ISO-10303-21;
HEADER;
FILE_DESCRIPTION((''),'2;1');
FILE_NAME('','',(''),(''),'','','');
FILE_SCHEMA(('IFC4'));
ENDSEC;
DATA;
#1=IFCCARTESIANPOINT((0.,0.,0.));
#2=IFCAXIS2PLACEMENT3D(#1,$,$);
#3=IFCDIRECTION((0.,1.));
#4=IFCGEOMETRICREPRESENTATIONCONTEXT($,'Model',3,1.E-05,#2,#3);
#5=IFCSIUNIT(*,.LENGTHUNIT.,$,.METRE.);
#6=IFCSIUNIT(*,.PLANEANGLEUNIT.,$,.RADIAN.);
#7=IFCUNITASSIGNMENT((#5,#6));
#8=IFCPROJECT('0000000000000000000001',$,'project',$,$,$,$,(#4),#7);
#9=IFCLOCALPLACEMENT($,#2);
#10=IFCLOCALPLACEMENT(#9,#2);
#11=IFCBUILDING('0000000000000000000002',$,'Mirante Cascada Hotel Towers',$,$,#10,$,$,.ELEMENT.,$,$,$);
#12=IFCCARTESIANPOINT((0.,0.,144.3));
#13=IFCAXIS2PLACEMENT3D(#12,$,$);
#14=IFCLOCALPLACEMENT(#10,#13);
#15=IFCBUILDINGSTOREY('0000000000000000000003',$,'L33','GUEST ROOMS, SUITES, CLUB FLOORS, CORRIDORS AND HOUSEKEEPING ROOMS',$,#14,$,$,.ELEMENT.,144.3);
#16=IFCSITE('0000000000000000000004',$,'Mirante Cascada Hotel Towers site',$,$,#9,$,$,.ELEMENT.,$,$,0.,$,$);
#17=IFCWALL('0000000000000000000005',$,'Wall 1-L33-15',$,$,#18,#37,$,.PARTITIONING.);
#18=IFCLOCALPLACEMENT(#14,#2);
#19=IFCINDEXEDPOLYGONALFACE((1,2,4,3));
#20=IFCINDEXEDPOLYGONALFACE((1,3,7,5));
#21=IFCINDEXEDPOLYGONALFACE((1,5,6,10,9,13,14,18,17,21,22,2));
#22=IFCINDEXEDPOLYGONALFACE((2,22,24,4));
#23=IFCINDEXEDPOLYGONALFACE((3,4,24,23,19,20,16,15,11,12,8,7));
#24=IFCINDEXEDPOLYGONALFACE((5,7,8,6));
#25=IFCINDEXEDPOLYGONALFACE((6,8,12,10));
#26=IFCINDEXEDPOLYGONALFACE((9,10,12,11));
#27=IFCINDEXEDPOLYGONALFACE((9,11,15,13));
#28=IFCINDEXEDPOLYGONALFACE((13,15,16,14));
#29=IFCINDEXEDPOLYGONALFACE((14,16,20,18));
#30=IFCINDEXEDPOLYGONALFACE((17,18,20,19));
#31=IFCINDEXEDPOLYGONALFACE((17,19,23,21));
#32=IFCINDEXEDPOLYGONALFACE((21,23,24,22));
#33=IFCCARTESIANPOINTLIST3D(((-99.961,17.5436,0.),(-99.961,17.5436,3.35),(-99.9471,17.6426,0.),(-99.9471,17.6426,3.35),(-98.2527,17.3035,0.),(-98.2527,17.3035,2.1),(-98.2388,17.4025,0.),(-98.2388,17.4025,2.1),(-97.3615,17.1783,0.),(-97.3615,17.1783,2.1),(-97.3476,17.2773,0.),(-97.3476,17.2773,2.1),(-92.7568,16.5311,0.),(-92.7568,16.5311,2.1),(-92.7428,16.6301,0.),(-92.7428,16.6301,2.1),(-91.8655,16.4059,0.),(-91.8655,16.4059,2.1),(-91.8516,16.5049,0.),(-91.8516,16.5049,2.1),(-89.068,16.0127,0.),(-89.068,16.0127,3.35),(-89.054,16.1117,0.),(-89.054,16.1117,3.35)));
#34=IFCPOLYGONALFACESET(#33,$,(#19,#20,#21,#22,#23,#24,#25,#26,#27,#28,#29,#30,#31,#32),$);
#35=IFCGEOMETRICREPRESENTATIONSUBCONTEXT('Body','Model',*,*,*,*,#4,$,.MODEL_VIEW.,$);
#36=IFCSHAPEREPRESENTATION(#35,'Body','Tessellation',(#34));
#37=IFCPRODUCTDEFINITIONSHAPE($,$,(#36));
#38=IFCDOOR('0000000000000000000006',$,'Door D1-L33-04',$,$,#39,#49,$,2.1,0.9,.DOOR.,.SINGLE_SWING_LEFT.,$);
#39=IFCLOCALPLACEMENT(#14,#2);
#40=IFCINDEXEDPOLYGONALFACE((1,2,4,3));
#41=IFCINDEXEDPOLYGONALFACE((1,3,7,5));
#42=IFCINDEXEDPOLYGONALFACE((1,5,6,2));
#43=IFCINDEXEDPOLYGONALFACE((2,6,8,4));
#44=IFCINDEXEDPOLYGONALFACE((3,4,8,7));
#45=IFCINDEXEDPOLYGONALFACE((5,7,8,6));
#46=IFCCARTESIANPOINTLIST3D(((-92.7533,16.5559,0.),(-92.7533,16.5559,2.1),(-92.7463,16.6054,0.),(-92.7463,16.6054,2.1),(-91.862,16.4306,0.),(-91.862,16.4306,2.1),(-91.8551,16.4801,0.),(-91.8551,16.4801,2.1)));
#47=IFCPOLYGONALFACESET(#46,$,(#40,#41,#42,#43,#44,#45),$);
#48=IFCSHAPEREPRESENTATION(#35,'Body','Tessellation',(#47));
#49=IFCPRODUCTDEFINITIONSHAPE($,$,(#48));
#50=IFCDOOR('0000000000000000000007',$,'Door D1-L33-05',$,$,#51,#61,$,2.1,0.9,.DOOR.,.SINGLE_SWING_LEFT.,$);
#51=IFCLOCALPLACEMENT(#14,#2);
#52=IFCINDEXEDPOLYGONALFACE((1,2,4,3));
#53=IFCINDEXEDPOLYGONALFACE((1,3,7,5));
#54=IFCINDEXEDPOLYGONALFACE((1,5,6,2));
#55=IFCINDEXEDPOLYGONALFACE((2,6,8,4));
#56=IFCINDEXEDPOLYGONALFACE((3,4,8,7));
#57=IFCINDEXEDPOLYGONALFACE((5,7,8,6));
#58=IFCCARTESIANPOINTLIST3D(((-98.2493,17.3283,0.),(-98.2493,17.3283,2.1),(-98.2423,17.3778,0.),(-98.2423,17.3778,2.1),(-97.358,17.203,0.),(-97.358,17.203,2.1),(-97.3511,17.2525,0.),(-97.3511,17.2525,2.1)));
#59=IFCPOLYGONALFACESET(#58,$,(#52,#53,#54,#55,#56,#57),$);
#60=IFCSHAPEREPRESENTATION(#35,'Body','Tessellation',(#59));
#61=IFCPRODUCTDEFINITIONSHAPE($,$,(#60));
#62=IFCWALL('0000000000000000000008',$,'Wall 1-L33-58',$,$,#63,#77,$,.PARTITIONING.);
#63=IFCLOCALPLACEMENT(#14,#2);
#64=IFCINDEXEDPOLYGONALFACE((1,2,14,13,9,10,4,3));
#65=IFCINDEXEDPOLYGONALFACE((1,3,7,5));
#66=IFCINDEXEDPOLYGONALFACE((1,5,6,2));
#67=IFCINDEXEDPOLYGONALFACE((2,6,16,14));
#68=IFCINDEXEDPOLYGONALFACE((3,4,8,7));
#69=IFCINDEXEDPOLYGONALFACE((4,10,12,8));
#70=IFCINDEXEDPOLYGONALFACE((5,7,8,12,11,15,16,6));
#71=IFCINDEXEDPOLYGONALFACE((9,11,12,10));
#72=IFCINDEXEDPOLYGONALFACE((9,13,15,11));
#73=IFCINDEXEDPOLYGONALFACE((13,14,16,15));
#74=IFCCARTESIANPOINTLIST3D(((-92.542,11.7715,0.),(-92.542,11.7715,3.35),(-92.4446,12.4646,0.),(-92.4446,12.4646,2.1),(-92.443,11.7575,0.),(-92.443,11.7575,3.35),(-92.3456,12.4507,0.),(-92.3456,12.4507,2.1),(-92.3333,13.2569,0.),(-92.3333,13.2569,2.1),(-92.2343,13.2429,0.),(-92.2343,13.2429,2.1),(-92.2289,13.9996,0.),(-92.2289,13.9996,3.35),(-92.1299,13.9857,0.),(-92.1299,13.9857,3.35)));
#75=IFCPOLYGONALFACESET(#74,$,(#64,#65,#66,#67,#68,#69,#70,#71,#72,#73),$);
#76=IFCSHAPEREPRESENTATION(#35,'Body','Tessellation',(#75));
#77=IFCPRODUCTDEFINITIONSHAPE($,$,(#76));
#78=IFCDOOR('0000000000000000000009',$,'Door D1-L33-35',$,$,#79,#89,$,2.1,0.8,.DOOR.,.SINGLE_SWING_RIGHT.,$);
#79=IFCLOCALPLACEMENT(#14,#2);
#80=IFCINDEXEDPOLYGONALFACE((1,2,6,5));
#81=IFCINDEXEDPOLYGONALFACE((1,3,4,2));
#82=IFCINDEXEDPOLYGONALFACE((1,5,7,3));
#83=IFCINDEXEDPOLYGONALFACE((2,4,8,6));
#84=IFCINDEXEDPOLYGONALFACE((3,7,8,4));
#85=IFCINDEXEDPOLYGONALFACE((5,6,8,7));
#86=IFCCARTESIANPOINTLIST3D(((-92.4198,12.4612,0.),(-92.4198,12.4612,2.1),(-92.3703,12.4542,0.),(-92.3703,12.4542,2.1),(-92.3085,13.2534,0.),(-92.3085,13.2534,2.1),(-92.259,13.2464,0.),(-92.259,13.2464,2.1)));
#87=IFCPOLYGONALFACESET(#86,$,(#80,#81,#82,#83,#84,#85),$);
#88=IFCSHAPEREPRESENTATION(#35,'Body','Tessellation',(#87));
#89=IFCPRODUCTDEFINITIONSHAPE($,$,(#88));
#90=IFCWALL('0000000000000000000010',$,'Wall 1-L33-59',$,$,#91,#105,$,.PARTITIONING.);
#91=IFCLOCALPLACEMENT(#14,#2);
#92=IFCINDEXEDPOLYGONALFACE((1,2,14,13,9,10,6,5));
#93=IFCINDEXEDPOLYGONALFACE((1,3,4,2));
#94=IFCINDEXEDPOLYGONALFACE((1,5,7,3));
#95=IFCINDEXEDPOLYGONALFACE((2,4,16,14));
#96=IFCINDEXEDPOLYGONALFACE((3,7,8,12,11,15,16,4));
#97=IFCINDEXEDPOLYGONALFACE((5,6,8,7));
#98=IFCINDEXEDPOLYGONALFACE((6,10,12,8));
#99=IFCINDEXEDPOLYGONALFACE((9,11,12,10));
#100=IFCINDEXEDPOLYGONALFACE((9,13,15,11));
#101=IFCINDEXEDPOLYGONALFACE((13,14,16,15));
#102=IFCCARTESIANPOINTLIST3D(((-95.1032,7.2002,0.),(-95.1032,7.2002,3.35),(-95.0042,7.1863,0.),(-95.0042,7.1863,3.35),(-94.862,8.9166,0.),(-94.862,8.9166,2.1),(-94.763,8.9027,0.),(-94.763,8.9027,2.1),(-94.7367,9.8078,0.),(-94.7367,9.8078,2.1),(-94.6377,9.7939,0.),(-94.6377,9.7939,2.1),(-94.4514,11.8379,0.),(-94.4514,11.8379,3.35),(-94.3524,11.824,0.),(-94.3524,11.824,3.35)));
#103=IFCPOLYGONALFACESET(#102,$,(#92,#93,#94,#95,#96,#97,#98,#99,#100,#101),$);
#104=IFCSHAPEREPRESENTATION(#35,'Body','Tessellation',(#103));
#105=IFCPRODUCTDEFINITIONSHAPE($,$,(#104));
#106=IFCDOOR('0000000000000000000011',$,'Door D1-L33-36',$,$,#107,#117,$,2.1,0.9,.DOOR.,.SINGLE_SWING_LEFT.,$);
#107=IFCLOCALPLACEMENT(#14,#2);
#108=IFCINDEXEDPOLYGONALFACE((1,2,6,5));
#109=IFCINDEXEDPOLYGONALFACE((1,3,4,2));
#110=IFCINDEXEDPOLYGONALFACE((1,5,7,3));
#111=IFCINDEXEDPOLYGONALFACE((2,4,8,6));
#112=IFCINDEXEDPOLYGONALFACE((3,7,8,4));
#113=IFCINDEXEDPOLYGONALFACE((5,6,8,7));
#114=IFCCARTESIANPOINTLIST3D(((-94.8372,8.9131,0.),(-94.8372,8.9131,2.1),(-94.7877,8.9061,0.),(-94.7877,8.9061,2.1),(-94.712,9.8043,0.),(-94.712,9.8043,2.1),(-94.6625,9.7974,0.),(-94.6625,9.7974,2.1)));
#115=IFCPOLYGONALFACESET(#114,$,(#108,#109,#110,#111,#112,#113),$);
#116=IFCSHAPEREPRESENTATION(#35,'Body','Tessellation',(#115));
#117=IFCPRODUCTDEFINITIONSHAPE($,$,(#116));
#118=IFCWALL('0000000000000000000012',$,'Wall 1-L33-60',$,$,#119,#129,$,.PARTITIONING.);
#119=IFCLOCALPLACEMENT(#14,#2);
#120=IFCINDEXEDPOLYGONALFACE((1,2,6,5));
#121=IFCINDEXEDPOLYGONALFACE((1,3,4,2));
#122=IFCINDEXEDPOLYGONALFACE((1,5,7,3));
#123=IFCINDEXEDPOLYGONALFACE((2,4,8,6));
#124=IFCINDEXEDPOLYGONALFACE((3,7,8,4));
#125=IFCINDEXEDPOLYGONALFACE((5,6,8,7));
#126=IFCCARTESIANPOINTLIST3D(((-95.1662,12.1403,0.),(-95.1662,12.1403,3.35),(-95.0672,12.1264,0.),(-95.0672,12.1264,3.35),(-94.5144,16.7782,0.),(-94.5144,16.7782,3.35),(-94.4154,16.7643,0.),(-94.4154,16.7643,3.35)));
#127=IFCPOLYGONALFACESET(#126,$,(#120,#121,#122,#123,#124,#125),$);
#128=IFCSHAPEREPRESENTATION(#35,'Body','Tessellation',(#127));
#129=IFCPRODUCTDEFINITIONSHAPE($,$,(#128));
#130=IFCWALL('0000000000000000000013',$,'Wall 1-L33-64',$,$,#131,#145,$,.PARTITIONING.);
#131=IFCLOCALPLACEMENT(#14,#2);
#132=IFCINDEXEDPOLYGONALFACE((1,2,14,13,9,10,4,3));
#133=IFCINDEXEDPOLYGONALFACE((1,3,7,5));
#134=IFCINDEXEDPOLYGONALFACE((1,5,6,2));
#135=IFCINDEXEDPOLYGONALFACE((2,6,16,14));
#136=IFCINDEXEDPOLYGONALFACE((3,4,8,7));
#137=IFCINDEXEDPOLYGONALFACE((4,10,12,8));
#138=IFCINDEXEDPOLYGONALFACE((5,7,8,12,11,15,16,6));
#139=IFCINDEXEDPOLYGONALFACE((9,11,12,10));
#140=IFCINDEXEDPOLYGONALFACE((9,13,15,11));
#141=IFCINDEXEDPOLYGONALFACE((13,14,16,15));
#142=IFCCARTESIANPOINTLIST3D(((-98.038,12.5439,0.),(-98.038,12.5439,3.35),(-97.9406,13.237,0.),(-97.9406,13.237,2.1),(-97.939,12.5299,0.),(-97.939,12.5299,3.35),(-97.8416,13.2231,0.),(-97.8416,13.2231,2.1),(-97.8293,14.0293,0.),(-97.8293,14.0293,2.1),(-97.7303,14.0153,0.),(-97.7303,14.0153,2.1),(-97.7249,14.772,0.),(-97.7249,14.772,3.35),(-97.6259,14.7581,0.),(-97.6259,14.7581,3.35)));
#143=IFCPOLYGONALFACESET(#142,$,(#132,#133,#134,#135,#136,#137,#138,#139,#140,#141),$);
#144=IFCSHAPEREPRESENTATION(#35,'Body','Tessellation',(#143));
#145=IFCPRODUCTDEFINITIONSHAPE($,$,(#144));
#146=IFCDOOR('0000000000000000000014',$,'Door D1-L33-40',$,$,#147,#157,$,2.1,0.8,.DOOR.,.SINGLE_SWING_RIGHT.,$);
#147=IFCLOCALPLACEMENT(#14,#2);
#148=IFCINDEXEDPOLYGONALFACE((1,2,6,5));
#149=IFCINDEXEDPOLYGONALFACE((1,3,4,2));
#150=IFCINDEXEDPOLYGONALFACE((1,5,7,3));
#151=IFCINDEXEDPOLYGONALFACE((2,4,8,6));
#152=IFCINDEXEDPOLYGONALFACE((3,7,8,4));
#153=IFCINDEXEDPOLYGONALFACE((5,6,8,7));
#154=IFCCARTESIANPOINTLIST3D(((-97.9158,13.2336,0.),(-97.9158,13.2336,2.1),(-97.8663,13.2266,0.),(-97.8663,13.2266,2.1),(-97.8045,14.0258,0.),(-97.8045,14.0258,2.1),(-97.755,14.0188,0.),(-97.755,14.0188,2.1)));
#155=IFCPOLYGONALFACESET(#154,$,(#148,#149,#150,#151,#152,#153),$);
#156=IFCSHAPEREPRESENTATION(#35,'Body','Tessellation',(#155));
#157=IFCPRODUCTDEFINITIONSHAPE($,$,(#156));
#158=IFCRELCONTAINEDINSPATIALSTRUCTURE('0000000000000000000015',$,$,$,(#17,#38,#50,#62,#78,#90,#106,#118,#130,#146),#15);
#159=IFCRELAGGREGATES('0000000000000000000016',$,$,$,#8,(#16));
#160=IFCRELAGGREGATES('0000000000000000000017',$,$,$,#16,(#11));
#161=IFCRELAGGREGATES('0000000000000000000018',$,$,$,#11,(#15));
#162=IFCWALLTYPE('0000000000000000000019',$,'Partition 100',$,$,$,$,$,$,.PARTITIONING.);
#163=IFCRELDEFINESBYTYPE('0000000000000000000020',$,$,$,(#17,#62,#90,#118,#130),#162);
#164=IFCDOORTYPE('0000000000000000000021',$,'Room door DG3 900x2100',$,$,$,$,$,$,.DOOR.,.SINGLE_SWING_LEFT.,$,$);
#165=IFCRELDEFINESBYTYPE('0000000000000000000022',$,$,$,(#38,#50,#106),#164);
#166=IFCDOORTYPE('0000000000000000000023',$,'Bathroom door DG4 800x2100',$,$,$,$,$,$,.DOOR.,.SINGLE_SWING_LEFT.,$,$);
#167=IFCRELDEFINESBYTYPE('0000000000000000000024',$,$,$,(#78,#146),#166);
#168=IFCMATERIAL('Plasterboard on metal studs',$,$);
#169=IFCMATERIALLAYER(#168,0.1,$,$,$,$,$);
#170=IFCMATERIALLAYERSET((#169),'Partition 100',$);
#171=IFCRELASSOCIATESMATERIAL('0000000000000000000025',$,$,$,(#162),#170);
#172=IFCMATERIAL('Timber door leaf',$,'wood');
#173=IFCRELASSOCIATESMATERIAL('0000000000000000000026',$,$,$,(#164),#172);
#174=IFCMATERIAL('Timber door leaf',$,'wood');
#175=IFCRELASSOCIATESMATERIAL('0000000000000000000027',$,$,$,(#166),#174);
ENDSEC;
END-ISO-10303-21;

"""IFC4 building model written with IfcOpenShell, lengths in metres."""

from ifc_helpers import new_model, si_unit, direction, frame, frame_2d, origin, place, context, subcontext, project, spatial, rectangle, extrude, material, layer, layer_set, type_object, element, fill, save


model = new_model("IFC4")

# Units and contexts
model_context = context("Model", 3, precision=1e-05, world=origin(), true_north=direction((0.0, 1.0)))
body_context = subcontext(model_context, "Body", "Model", "MODEL_VIEW")
ifc_project = project(units=[si_unit("LENGTHUNIT", "METRE"), si_unit("PLANEANGLEUNIT", "RADIAN")], contexts=[model_context])

# Site, building, storey
site_placement = place(None, origin())
site = spatial("IfcSite", under=ifc_project, at=site_placement, Name="Mirante Cascada Hotel Towers site", CompositionType="ELEMENT", RefElevation=0.0)
building_placement = place(site_placement, origin())
building = spatial("IfcBuilding", under=site, at=building_placement, Name="Mirante Cascada Hotel Towers", CompositionType="ELEMENT")
storey_placement = place(building_placement, frame((0.0, 0.0, 144.3)))
storey = spatial("IfcBuildingStorey", under=building, at=storey_placement, Name="L33", Description="GUEST ROOMS, SUITES, CLUB FLOORS, CORRIDORS AND HOUSEKEEPING ROOMS", CompositionType="ELEMENT", Elevation=144.3)

# Shared definitions
ifc_material_1 = material(Name="Plasterboard on metal studs")
ifc_layer_1 = layer(ifc_material_1, 0.1)
ifc_layer_set_1 = layer_set([ifc_layer_1], Name="Partition 100")
wall_type_1 = type_object("IfcWallType", Name="Partition 100", PredefinedType="PARTITIONING", material=ifc_layer_set_1)

# Wall, openings, doors
wall_1_placement = place(storey_placement, frame((-99.954, 17.5931, 0.0), z_axis=(0.0, 0.0, 1.0), x_axis=(0.990268, -0.139172, 0.0)))
wall_1 = element("IfcWall", 1, at=wall_1_placement, inside=storey, type_object=wall_type_1, Name="Wall 1-L33-15", PredefinedType="PARTITIONING", context=body_context, shape_type="SweptSolid", body=[
    extrude(rectangle(XDim=11.0001, YDim=0.1, at=frame_2d((5.5, 0.0))), origin(), (0.0, 0.0, 1.0), 3.35),
])
opening_1_placement = place(wall_1_placement, frame((7.275, 0.0, 0.0)))
opening_1 = element("IfcOpeningElement", 2, at=opening_1_placement, cuts=wall_1, PredefinedType="OPENING", context=body_context, shape_type="SweptSolid", body=[
    extrude(rectangle(XDim=0.9, YDim=2.1, at=frame_2d((0.45, 1.05))), frame((0.0, 0.05, 0.0), z_axis=(0.0, -1.0, 0.0), x_axis=(1.0, 0.0, 0.0)), (0.0, 0.0, 1.0), 0.1),
])
opening_2_placement = place(wall_1_placement, frame((1.725, 0.0, 0.0)))
opening_2 = element("IfcOpeningElement", 3, at=opening_2_placement, cuts=wall_1, PredefinedType="OPENING", context=body_context, shape_type="SweptSolid", body=[
    extrude(rectangle(XDim=0.9, YDim=2.1, at=frame_2d((0.45, 1.05))), frame((0.0, 0.05, 0.0), z_axis=(0.0, -1.0, 0.0), x_axis=(1.0, 0.0, 0.0)), (0.0, 0.0, 1.0), 0.1),
])
ifc_material_2 = material(Name="Timber door leaf", Category="wood")
door_type_1 = type_object("IfcDoorType", Name="Room door DG3 900x2100", OperationType="SINGLE_SWING_LEFT", PredefinedType="DOOR", material=ifc_material_2)
door_1_placement = place(opening_1_placement, origin())
door_1 = element("IfcDoor", 4, at=door_1_placement, inside=storey, type_object=door_type_1, Name="Door D1-L33-04", OperationType="SINGLE_SWING_LEFT", OverallHeight=2.1, OverallWidth=0.9, PredefinedType="DOOR", context=body_context, shape_type="SweptSolid", body=[
    extrude(rectangle(XDim=0.9, YDim=2.1, at=frame_2d((0.45, 1.05))), frame((0.0, 0.025, 0.0), z_axis=(0.0, -1.0, 0.0), x_axis=(1.0, 0.0, 0.0)), (0.0, 0.0, 1.0), 0.05),
])
fill(opening_1, door_1)
door_2_placement = place(opening_2_placement, origin())
door_2 = element("IfcDoor", 5, at=door_2_placement, inside=storey, type_object=door_type_1, Name="Door D1-L33-05", OperationType="SINGLE_SWING_LEFT", OverallHeight=2.1, OverallWidth=0.9, PredefinedType="DOOR", context=body_context, shape_type="SweptSolid", body=[
    extrude(rectangle(XDim=0.9, YDim=2.1, at=frame_2d((0.45, 1.05))), frame((0.0, 0.025, 0.0), z_axis=(0.0, -1.0, 0.0), x_axis=(1.0, 0.0, 0.0)), (0.0, 0.0, 1.0), 0.05),
])
fill(opening_2, door_2)

# Walls, openings, doors
wall_2_placement = place(storey_placement, frame((-92.4925, 11.7645, 0.0), z_axis=(0.0, 0.0, 1.0), x_axis=(0.139156, 0.990271, 0.0)))
wall_2 = element("IfcWall", 6, at=wall_2_placement, inside=storey, type_object=wall_type_1, Name="Wall 1-L33-58", PredefinedType="PARTITIONING", context=body_context, shape_type="SweptSolid", body=[
    extrude(rectangle(XDim=2.25, YDim=0.1, at=frame_2d((1.125, 0.0))), origin(), (0.0, 0.0, 1.0), 3.35),
])
opening_3_placement = place(wall_2_placement, frame((0.7, 0.0, 0.0)))
opening_3 = element("IfcOpeningElement", 7, at=opening_3_placement, cuts=wall_2, PredefinedType="OPENING", context=body_context, shape_type="SweptSolid", body=[
    extrude(rectangle(XDim=0.8, YDim=2.1, at=frame_2d((0.4, 1.05))), frame((0.0, 0.05, 0.0), z_axis=(0.0, -1.0, 0.0), x_axis=(1.0, 0.0, 0.0)), (0.0, 0.0, 1.0), 0.1),
])
ifc_material_3 = material(Name="Timber door leaf", Category="wood")
door_type_2 = type_object("IfcDoorType", Name="Bathroom door DG4 800x2100", OperationType="SINGLE_SWING_LEFT", PredefinedType="DOOR", material=ifc_material_3)
door_3_placement = place(opening_3_placement, frame((0.8, 0.0, 0.0), z_axis=(0.0, 0.0, 1.0), x_axis=(-1.0, 0.0, 0.0)))
door_3 = element("IfcDoor", 8, at=door_3_placement, inside=storey, type_object=door_type_2, Name="Door D1-L33-35", OperationType="SINGLE_SWING_RIGHT", OverallHeight=2.1, OverallWidth=0.8, PredefinedType="DOOR", context=body_context, shape_type="SweptSolid", body=[
    extrude(rectangle(XDim=0.8, YDim=2.1, at=frame_2d((0.4, 1.05))), frame((0.0, 0.025, 0.0), z_axis=(0.0, -1.0, 0.0), x_axis=(1.0, 0.0, 0.0)), (0.0, 0.0, 1.0), 0.05),
])
fill(opening_3, door_3)
wall_3_placement = place(storey_placement, frame((-94.4019, 11.8309, 0.0), z_axis=(0.0, 0.0, 1.0), x_axis=(-0.139176, -0.990268, 0.0)))
wall_3 = element("IfcWall", 9, at=wall_3_placement, inside=storey, type_object=wall_type_1, Name="Wall 1-L33-59", PredefinedType="PARTITIONING", context=body_context, shape_type="SweptSolid", body=[
    extrude(rectangle(XDim=4.6833, YDim=0.1, at=frame_2d((2.3416, 0.0))), origin(), (0.0, 0.0, 1.0), 3.35),
])
opening_4_placement = place(wall_3_placement, frame((2.05, 0.0, 0.0)))
opening_4 = element("IfcOpeningElement", 10, at=opening_4_placement, cuts=wall_3, PredefinedType="OPENING", context=body_context, shape_type="SweptSolid", body=[
    extrude(rectangle(XDim=0.9, YDim=2.1, at=frame_2d((0.45, 1.05))), frame((0.0, 0.05, 0.0), z_axis=(0.0, -1.0, 0.0), x_axis=(1.0, 0.0, 0.0)), (0.0, 0.0, 1.0), 0.1),
])
door_4_placement = place(opening_4_placement, origin())
door_4 = element("IfcDoor", 11, at=door_4_placement, inside=storey, type_object=door_type_1, Name="Door D1-L33-36", OperationType="SINGLE_SWING_LEFT", OverallHeight=2.1, OverallWidth=0.9, PredefinedType="DOOR", context=body_context, shape_type="SweptSolid", body=[
    extrude(rectangle(XDim=0.9, YDim=2.1, at=frame_2d((0.45, 1.05))), frame((0.0, 0.025, 0.0), z_axis=(0.0, -1.0, 0.0), x_axis=(1.0, 0.0, 0.0)), (0.0, 0.0, 1.0), 0.05),
])
fill(opening_4, door_4)

# Wall
wall_4_placement = place(storey_placement, frame((-95.1167, 12.1333, 0.0), z_axis=(0.0, 0.0, 1.0), x_axis=(0.13917, 0.990268, 0.0)))
element("IfcWall", 12, at=wall_4_placement, inside=storey, type_object=wall_type_1, Name="Wall 1-L33-60", PredefinedType="PARTITIONING", context=body_context, shape_type="SweptSolid", body=[
    extrude(rectangle(XDim=4.6835, YDim=0.1, at=frame_2d((2.3418, 0.0))), origin(), (0.0, 0.0, 1.0), 3.35),
])

# Wall, opening, door
wall_5_placement = place(storey_placement, frame((-97.9885, 12.5369, 0.0), z_axis=(0.0, 0.0, 1.0), x_axis=(0.139156, 0.990271, 0.0)))
wall_5 = element("IfcWall", 13, at=wall_5_placement, inside=storey, type_object=wall_type_1, Name="Wall 1-L33-64", PredefinedType="PARTITIONING", context=body_context, shape_type="SweptSolid", body=[
    extrude(rectangle(XDim=2.25, YDim=0.1, at=frame_2d((1.125, 0.0))), origin(), (0.0, 0.0, 1.0), 3.35),
])
opening_5_placement = place(wall_5_placement, frame((0.7, 0.0, 0.0)))
opening_5 = element("IfcOpeningElement", 14, at=opening_5_placement, cuts=wall_5, PredefinedType="OPENING", context=body_context, shape_type="SweptSolid", body=[
    extrude(rectangle(XDim=0.8, YDim=2.1, at=frame_2d((0.4, 1.05))), frame((0.0, 0.05, 0.0), z_axis=(0.0, -1.0, 0.0), x_axis=(1.0, 0.0, 0.0)), (0.0, 0.0, 1.0), 0.1),
])
door_5_placement = place(opening_5_placement, frame((0.8, 0.0, 0.0), z_axis=(0.0, 0.0, 1.0), x_axis=(-1.0, 0.0, 0.0)))
door_5 = element("IfcDoor", 15, at=door_5_placement, inside=storey, type_object=door_type_2, Name="Door D1-L33-40", OperationType="SINGLE_SWING_RIGHT", OverallHeight=2.1, OverallWidth=0.8, PredefinedType="DOOR", context=body_context, shape_type="SweptSolid", body=[
    extrude(rectangle(XDim=0.8, YDim=2.1, at=frame_2d((0.4, 1.05))), frame((0.0, 0.025, 0.0), z_axis=(0.0, -1.0, 0.0), x_axis=(1.0, 0.0, 0.0)), (0.0, 0.0, 1.0), 0.05),
])
fill(opening_5, door_5)

save(model, "model.ifc")
